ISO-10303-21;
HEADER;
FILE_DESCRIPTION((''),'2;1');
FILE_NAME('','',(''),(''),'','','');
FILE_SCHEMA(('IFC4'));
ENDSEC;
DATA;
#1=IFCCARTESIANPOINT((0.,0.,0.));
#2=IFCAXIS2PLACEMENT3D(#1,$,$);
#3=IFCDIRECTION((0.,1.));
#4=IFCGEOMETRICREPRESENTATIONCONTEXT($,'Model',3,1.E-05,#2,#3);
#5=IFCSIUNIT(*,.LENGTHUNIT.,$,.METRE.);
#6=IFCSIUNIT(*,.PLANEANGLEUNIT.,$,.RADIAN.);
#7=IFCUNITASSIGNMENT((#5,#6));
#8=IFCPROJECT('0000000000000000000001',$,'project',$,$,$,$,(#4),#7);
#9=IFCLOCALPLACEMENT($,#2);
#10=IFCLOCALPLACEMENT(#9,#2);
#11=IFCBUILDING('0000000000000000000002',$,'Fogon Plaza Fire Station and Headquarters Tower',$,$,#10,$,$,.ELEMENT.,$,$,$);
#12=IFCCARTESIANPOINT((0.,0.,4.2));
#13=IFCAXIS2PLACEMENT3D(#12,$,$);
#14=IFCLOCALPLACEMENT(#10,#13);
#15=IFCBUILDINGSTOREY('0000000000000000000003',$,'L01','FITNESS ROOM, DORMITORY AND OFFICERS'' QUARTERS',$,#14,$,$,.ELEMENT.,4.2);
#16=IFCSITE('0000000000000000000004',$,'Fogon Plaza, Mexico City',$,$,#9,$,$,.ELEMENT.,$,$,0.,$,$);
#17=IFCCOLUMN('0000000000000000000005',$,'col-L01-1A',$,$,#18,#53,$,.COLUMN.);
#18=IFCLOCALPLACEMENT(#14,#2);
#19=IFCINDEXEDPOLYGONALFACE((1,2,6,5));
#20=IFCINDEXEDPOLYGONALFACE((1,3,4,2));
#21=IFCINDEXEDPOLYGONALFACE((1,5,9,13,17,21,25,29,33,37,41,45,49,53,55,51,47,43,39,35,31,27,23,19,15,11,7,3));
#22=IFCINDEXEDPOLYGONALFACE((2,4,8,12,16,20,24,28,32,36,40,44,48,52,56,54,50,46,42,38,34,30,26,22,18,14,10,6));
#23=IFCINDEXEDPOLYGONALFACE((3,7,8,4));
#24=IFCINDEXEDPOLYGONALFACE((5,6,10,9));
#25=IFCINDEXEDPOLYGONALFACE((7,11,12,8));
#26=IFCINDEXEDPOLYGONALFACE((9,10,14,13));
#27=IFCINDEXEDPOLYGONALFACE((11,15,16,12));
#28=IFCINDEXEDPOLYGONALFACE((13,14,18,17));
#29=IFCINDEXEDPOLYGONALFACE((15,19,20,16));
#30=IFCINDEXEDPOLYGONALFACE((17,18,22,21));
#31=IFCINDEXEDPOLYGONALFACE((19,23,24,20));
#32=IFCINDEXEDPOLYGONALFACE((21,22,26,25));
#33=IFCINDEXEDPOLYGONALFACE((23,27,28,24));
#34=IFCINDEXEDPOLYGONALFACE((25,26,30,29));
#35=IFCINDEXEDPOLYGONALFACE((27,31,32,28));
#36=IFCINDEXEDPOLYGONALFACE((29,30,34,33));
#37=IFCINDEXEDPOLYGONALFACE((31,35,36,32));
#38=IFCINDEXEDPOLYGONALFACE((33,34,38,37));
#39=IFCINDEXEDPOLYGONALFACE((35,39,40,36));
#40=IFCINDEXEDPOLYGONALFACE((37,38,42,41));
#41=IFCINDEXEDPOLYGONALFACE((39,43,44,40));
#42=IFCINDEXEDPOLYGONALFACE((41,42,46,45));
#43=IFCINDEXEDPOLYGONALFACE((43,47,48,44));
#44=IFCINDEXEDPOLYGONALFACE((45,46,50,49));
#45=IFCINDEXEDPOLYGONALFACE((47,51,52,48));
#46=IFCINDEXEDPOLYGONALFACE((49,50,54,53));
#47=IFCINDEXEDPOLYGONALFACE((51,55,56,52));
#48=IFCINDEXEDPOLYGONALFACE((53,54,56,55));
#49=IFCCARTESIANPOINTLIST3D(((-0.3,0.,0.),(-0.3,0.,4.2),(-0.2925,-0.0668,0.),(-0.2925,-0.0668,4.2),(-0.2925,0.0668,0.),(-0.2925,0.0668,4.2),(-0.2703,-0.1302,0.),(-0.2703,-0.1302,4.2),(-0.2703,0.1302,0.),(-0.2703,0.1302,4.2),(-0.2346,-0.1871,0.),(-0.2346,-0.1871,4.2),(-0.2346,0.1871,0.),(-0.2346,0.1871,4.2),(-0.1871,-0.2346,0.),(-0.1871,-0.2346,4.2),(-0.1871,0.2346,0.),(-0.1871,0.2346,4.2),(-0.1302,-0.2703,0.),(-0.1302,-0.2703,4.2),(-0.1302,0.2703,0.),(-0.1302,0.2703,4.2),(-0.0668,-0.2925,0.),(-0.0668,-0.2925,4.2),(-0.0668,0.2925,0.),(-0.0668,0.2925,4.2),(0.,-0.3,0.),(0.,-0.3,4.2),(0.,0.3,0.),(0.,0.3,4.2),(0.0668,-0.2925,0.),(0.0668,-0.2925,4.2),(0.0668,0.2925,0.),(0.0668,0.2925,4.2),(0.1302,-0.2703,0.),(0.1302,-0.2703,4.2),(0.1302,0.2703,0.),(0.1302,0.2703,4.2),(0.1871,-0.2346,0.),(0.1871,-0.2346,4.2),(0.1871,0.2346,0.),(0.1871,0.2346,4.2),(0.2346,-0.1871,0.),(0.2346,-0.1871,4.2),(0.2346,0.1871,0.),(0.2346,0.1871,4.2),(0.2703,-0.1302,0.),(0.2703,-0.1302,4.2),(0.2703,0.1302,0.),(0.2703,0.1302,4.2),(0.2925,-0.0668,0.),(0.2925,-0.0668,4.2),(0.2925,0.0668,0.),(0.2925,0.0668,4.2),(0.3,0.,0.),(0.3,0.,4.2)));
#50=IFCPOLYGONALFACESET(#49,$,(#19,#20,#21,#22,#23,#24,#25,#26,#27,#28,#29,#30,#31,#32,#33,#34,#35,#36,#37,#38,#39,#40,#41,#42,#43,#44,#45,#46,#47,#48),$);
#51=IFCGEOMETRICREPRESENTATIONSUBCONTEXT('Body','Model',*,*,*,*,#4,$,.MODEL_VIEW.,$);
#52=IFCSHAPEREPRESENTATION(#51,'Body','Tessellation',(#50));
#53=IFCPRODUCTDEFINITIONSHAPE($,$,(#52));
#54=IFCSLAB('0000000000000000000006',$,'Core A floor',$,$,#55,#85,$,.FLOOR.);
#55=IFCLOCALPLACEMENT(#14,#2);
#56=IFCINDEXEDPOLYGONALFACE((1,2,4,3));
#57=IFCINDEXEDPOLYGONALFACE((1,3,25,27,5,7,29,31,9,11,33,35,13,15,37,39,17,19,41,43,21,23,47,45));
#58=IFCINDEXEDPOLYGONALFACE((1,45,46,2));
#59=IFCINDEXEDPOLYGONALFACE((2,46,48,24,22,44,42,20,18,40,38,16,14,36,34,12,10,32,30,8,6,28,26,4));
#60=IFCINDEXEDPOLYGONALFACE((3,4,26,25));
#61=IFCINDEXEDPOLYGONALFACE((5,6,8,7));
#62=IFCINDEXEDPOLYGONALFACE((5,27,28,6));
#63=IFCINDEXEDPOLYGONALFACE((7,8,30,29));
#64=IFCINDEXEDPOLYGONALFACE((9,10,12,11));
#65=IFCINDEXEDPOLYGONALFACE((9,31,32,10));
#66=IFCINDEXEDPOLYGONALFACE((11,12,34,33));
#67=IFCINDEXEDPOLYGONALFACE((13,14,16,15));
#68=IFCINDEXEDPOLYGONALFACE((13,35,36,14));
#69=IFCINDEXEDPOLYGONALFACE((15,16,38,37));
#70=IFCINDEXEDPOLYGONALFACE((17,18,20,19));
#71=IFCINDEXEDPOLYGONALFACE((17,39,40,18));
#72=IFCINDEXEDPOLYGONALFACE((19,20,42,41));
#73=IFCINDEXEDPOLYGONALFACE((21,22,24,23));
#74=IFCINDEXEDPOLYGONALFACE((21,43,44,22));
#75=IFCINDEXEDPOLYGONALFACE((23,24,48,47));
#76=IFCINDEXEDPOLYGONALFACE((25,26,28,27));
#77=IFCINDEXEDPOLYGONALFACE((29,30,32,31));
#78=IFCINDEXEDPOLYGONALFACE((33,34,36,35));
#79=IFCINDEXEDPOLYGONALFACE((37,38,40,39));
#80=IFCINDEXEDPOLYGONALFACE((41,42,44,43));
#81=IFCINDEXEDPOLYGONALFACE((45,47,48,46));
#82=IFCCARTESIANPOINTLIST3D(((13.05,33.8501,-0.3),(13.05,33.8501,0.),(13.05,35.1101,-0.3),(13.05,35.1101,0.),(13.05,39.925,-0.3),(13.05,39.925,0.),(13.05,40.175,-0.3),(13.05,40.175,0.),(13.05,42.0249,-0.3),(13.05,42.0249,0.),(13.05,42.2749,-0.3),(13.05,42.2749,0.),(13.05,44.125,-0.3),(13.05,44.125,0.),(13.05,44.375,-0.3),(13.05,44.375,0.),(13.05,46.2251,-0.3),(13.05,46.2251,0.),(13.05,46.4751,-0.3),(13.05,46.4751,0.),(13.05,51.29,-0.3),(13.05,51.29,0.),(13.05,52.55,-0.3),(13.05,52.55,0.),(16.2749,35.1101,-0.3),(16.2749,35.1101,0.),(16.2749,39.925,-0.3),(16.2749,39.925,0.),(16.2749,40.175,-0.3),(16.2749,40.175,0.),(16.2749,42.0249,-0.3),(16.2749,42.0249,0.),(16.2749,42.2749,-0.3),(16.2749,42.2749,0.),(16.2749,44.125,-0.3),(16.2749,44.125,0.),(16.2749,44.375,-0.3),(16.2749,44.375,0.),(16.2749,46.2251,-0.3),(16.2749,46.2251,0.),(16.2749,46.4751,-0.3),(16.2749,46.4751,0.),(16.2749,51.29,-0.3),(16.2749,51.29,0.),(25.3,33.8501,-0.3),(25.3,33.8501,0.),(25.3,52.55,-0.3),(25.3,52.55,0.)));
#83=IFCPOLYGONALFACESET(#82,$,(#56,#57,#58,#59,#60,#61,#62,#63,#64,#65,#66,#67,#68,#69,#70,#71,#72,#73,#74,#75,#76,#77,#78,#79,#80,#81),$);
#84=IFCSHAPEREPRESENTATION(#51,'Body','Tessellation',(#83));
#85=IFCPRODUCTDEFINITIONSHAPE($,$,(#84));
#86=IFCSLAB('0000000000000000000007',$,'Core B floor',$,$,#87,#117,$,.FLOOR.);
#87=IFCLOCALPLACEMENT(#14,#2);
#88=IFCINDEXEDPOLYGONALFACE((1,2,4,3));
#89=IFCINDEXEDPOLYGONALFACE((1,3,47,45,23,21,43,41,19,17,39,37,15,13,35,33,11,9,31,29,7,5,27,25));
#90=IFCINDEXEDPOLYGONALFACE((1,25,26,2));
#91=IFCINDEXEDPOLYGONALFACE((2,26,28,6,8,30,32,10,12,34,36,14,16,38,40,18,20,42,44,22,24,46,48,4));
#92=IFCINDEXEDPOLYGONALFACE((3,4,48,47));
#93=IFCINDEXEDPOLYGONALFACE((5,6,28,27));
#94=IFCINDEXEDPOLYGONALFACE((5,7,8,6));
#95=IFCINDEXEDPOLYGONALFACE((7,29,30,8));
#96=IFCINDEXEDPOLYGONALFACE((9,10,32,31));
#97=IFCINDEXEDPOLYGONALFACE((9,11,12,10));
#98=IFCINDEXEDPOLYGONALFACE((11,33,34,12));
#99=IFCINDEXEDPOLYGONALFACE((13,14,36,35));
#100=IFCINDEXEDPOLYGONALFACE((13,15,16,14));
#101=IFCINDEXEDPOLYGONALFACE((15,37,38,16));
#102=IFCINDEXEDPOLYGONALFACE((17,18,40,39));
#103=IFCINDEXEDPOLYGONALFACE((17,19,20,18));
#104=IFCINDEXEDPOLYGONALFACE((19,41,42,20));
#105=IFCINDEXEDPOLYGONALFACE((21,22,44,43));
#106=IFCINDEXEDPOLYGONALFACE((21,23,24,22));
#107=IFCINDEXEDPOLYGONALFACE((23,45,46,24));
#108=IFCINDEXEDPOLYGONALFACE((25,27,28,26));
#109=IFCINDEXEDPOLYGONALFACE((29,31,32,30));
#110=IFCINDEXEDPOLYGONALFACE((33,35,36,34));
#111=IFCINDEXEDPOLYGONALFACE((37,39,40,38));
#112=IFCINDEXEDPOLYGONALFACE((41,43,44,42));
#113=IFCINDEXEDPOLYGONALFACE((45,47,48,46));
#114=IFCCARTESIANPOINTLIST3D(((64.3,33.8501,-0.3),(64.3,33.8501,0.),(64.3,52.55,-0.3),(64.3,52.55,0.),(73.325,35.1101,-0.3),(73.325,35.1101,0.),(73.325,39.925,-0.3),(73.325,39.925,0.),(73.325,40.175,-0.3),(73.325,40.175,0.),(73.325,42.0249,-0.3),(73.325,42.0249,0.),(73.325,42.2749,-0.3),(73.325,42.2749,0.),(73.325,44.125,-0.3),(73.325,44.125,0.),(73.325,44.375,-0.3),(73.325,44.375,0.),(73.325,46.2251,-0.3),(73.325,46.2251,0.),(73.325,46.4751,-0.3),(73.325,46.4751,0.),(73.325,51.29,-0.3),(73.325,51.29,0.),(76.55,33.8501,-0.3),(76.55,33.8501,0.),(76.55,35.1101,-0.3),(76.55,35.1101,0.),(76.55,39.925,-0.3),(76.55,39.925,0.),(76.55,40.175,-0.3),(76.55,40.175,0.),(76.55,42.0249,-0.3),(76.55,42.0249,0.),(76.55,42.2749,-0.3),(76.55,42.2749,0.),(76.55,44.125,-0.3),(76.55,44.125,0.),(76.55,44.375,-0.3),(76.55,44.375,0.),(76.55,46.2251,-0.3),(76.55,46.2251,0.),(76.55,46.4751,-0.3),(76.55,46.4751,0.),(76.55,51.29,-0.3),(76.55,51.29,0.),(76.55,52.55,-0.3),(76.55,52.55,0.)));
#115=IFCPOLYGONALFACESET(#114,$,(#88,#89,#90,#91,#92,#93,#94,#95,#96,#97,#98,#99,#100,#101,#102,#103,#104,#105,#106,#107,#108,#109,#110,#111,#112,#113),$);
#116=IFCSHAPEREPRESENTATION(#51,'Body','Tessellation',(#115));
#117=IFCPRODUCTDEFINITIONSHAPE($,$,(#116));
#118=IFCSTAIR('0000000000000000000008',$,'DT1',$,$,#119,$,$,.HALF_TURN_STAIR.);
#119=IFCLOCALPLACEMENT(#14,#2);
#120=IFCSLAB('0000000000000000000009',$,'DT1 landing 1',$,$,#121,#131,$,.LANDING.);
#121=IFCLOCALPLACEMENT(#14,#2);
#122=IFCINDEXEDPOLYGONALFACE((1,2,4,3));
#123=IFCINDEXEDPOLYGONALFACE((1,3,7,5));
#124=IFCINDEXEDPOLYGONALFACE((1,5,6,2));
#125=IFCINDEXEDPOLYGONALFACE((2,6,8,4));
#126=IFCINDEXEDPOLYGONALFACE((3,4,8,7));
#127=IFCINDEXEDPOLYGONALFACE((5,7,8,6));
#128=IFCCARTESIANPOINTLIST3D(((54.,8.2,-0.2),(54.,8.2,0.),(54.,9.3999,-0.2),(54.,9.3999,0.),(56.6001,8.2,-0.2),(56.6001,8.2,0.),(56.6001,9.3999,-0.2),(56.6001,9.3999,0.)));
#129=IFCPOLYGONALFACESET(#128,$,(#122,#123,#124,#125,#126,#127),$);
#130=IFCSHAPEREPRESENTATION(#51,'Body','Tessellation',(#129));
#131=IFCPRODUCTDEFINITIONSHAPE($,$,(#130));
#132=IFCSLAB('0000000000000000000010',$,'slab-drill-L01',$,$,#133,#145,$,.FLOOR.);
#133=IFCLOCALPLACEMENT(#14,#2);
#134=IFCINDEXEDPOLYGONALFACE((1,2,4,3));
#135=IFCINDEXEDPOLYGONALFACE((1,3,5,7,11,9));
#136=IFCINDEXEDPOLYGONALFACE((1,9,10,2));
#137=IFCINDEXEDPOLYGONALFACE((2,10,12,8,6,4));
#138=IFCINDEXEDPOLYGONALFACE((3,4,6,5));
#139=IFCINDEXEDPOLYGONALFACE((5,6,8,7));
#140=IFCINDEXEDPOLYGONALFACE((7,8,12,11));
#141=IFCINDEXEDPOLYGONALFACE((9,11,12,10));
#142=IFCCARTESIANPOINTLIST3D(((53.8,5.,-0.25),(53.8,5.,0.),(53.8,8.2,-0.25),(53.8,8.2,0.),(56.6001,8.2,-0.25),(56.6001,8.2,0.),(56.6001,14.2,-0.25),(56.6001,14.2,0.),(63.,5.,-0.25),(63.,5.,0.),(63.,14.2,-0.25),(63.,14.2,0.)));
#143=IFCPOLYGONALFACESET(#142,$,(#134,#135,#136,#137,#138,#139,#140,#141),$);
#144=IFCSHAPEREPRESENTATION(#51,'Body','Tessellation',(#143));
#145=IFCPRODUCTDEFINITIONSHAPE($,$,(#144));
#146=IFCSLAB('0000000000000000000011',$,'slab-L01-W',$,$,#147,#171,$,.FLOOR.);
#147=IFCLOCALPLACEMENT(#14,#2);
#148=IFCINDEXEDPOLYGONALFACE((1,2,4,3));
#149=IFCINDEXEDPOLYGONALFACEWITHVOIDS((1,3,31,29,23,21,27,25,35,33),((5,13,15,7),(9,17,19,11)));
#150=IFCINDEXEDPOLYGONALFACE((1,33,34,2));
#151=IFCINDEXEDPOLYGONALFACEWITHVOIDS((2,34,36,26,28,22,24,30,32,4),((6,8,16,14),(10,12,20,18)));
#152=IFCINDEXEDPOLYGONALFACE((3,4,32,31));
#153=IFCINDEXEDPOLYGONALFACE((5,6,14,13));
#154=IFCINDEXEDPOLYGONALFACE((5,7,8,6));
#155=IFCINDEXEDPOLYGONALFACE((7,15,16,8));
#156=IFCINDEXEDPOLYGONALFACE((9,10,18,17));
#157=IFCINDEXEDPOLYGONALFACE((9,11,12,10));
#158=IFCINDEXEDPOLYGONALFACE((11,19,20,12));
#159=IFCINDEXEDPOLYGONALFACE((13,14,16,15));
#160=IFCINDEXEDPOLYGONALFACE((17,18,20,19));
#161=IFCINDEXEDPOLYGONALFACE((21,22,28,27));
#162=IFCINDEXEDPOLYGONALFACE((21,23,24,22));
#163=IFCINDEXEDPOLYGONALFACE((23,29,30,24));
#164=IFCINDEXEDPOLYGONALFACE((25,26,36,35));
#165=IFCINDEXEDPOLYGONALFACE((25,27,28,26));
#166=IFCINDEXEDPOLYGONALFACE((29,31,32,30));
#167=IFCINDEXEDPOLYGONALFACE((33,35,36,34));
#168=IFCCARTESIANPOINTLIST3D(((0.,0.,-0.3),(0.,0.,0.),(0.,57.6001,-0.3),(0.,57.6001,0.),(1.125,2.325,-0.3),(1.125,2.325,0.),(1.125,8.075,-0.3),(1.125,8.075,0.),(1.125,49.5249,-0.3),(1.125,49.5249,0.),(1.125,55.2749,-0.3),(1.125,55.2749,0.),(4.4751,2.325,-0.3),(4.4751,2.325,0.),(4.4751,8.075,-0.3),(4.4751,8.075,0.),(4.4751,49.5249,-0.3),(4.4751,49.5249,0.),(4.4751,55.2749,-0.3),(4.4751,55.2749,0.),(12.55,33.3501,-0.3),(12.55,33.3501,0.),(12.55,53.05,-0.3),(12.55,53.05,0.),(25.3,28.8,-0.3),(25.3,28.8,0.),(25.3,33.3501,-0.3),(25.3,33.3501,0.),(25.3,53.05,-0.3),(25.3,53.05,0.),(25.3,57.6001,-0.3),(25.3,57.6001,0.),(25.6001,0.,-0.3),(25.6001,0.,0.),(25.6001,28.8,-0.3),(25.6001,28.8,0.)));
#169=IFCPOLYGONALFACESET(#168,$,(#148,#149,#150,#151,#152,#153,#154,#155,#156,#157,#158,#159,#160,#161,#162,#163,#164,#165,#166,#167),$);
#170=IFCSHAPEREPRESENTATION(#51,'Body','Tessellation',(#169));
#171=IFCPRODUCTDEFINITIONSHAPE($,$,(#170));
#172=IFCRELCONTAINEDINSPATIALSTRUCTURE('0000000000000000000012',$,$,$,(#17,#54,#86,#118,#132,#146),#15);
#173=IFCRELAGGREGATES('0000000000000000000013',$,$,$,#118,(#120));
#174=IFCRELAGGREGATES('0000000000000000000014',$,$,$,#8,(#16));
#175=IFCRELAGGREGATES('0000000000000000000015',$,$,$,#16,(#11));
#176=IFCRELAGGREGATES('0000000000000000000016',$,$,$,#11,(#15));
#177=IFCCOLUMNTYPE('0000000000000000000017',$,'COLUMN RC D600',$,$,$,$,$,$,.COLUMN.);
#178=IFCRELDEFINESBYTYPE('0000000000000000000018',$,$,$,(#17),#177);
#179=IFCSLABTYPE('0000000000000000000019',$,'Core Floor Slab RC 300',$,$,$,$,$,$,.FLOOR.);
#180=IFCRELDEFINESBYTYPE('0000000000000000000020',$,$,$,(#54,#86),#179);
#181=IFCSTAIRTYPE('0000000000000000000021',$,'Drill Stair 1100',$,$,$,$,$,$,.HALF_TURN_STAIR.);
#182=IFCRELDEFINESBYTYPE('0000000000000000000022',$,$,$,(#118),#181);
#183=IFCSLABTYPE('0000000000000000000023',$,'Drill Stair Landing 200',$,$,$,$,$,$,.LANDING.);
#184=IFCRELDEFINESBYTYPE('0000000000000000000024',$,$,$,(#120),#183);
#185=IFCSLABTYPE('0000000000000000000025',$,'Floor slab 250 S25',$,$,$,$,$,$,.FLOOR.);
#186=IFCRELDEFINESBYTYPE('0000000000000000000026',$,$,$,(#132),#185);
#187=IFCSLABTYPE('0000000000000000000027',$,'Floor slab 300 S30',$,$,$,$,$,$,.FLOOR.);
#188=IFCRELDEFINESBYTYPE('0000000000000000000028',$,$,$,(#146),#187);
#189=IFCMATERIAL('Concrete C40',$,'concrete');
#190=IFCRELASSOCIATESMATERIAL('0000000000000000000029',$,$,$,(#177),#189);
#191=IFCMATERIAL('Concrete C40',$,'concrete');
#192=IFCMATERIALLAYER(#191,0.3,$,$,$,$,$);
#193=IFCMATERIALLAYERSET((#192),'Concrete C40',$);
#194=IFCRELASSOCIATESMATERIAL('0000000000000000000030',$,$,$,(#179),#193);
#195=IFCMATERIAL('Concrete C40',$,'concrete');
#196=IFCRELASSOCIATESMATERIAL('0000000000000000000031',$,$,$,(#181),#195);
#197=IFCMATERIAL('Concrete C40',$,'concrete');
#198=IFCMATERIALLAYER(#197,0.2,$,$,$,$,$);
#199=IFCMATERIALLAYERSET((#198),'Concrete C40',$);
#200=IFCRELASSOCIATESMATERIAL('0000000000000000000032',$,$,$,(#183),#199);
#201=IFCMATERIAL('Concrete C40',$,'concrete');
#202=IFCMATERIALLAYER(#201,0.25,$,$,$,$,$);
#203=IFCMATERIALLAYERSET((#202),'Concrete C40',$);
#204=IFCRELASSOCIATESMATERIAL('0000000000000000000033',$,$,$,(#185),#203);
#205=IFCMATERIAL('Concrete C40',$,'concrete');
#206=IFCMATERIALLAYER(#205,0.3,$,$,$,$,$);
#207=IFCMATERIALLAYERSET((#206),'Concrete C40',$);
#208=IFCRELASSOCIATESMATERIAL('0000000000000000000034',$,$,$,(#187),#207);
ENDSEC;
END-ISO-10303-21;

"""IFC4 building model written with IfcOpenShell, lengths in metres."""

from ifc_helpers import new_model, si_unit, direction, frame, origin, origin_with_axes, origin_2d, place, context, subcontext, project, spatial, polyline, circle, outline, extrude, material, layer, layer_set, material_profile, profile_set, type_object, element, aggregate, save


model = new_model("IFC4")

# Units and contexts
model_context = context("Model", 3, precision=1e-05, world=origin(), true_north=direction((0.0, 1.0)))
body_context = subcontext(model_context, "Body", "Model", "MODEL_VIEW")
ifc_project = project(units=[si_unit("LENGTHUNIT", "METRE"), si_unit("PLANEANGLEUNIT", "RADIAN")], contexts=[model_context])

# Site, building, storey
site_placement = place(None, origin())
site = spatial("IfcSite", under=ifc_project, at=site_placement, Name="Fogon Plaza, Mexico City", CompositionType="ELEMENT", RefElevation=0.0)
building_placement = place(site_placement, origin())
building = spatial("IfcBuilding", under=site, at=building_placement, Name="Fogon Plaza Fire Station and Headquarters Tower", CompositionType="ELEMENT")
storey_placement = place(building_placement, frame((0.0, 0.0, 4.2)))
storey = spatial("IfcBuildingStorey", under=building, at=storey_placement, Name="L01", Description="FITNESS ROOM, DORMITORY AND OFFICERS' QUARTERS", CompositionType="ELEMENT", Elevation=4.2)

# Column
ifc_material_1 = material(Name="Concrete C40", Category="concrete")
ifc_material_profile = material_profile(ifc_material_1, circle(Radius=0.3, at=origin_2d()), Name="RC D600")
ifc_profile_set = profile_set([ifc_material_profile], Name="Concrete C40")
column_type = type_object("IfcColumnType", Name="COLUMN RC D600", PredefinedType="COLUMN", material=ifc_profile_set)
column_placement = place(storey_placement, origin_with_axes())
element("IfcColumn", 1, at=column_placement, inside=storey, type_object=column_type, Name="col-L01-1A", PredefinedType="COLUMN", context=body_context, shape_type="SweptSolid", body=[
    extrude(circle(Radius=0.3, at=origin_2d()), origin(), (0.0, 0.0, 1.0), 4.2),
])

# Slabs
ifc_material_2 = material(Name="Concrete C40", Category="concrete")
ifc_layer_1 = layer(ifc_material_2, 0.3)
ifc_layer_set_1 = layer_set([ifc_layer_1], Name="Concrete C40")
slab_type_1 = type_object("IfcSlabType", Name="Core Floor Slab RC 300", PredefinedType="FLOOR", material=ifc_layer_set_1)
slab_1_placement = place(storey_placement, frame((0.0, 0.0, -0.3)))
element("IfcSlab", 2, at=slab_1_placement, inside=storey, type_object=slab_type_1, Name="Core A floor", PredefinedType="FLOOR", context=body_context, shape_type="SweptSolid", body=[
    extrude(outline(polyline([(13.05, 35.1101), (13.05, 33.8501), (25.3, 33.8501), (25.3, 52.55), (13.05, 52.55), (13.05, 51.29), (16.2749, 51.29), (16.2749, 46.4751), (13.05, 46.4751), (13.05, 46.2251), (16.2749, 46.2251), (16.2749, 44.375), (13.05, 44.375), (13.05, 44.125), (16.2749, 44.125), (16.2749, 42.2749), (13.05, 42.2749), (13.05, 42.0249), (16.2749, 42.0249), (16.2749, 40.175), (13.05, 40.175), (13.05, 39.925), (16.2749, 39.925), (16.2749, 35.1101), (13.05, 35.1101)])), origin(), (0.0, 0.0, 1.0), 0.3),
])
slab_2_placement = place(storey_placement, frame((0.0, 0.0, -0.3)))
element("IfcSlab", 3, at=slab_2_placement, inside=storey, type_object=slab_type_1, Name="Core B floor", PredefinedType="FLOOR", context=body_context, shape_type="SweptSolid", body=[
    extrude(outline(polyline([(76.55, 35.1101), (73.325, 35.1101), (73.325, 39.925), (76.55, 39.925), (76.55, 40.175), (73.325, 40.175), (73.325, 42.0249), (76.55, 42.0249), (76.55, 42.2749), (73.325, 42.2749), (73.325, 44.125), (76.55, 44.125), (76.55, 44.375), (73.325, 44.375), (73.325, 46.2251), (76.55, 46.2251), (76.55, 46.4751), (73.325, 46.4751), (73.325, 51.29), (76.55, 51.29), (76.55, 52.55), (64.3, 52.55), (64.3, 33.8501), (76.55, 33.8501), (76.55, 35.1101)])), origin(), (0.0, 0.0, 1.0), 0.3),
])

# Stair, slab
ifc_material_3 = material(Name="Concrete C40", Category="concrete")
stair_type = type_object("IfcStairType", Name="Drill Stair 1100", PredefinedType="HALF_TURN_STAIR", material=ifc_material_3)
stair_placement = place(storey_placement, origin())
stair = element("IfcStair", 4, at=stair_placement, inside=storey, type_object=stair_type, Name="DT1", PredefinedType="HALF_TURN_STAIR")
ifc_material_4 = material(Name="Concrete C40", Category="concrete")
ifc_layer_2 = layer(ifc_material_4, 0.2)
ifc_layer_set_2 = layer_set([ifc_layer_2], Name="Concrete C40")
slab_type_2 = type_object("IfcSlabType", Name="Drill Stair Landing 200", PredefinedType="LANDING", material=ifc_layer_set_2)
slab_3_placement = place(storey_placement, frame((0.0, 0.0, -0.2)))
slab_3 = element("IfcSlab", 5, at=slab_3_placement, type_object=slab_type_2, Name="DT1 landing 1", PredefinedType="LANDING", context=body_context, shape_type="SweptSolid", body=[
    extrude(outline(polyline([(54.0, 8.2), (56.6001, 8.2), (56.6001, 9.3999), (54.0, 9.3999), (54.0, 8.2)])), origin(), (0.0, 0.0, 1.0), 0.2),
])
aggregate(stair, [slab_3])

# Slabs
ifc_material_5 = material(Name="Concrete C40", Category="concrete")
ifc_layer_3 = layer(ifc_material_5, 0.25)
ifc_layer_set_3 = layer_set([ifc_layer_3], Name="Concrete C40")
slab_type_3 = type_object("IfcSlabType", Name="Floor slab 250 S25", PredefinedType="FLOOR", material=ifc_layer_set_3)
slab_4_placement = place(storey_placement, frame((0.0, 0.0, -0.25)))
element("IfcSlab", 6, at=slab_4_placement, inside=storey, type_object=slab_type_3, Name="slab-drill-L01", PredefinedType="FLOOR", context=body_context, shape_type="SweptSolid", body=[
    extrude(outline(polyline([(63.0, 14.2), (63.0, 5.0), (53.8, 5.0), (53.8, 8.2), (56.6001, 8.2), (56.6001, 14.2), (63.0, 14.2)])), origin(), (0.0, 0.0, 1.0), 0.25),
])
ifc_material_6 = material(Name="Concrete C40", Category="concrete")
ifc_layer_4 = layer(ifc_material_6, 0.3)
ifc_layer_set_4 = layer_set([ifc_layer_4], Name="Concrete C40")
slab_type_4 = type_object("IfcSlabType", Name="Floor slab 300 S30", PredefinedType="FLOOR", material=ifc_layer_set_4)
slab_5_placement = place(storey_placement, frame((0.0, 0.0, -0.3)))
element("IfcSlab", 7, at=slab_5_placement, inside=storey, type_object=slab_type_4, Name="slab-L01-W", PredefinedType="FLOOR", context=body_context, shape_type="SweptSolid", body=[
    extrude(outline(polyline([(25.6001, 0.0), (0.0, 0.0), (0.0, 57.6001), (25.3, 57.6001), (25.3, 53.05), (12.55, 53.05), (12.55, 33.3501), (25.3, 33.3501), (25.3, 28.8), (25.6001, 28.8), (25.6001, 0.0)]), holes=[polyline([(4.4751, 2.325), (4.4751, 8.075), (1.125, 8.075), (1.125, 2.325), (4.4751, 2.325)]), polyline([(1.125, 49.5249), (4.4751, 49.5249), (4.4751, 55.2749), (1.125, 55.2749), (1.125, 49.5249)])]), origin(), (0.0, 0.0, 1.0), 0.3),
])

save(model, "model.ifc")
